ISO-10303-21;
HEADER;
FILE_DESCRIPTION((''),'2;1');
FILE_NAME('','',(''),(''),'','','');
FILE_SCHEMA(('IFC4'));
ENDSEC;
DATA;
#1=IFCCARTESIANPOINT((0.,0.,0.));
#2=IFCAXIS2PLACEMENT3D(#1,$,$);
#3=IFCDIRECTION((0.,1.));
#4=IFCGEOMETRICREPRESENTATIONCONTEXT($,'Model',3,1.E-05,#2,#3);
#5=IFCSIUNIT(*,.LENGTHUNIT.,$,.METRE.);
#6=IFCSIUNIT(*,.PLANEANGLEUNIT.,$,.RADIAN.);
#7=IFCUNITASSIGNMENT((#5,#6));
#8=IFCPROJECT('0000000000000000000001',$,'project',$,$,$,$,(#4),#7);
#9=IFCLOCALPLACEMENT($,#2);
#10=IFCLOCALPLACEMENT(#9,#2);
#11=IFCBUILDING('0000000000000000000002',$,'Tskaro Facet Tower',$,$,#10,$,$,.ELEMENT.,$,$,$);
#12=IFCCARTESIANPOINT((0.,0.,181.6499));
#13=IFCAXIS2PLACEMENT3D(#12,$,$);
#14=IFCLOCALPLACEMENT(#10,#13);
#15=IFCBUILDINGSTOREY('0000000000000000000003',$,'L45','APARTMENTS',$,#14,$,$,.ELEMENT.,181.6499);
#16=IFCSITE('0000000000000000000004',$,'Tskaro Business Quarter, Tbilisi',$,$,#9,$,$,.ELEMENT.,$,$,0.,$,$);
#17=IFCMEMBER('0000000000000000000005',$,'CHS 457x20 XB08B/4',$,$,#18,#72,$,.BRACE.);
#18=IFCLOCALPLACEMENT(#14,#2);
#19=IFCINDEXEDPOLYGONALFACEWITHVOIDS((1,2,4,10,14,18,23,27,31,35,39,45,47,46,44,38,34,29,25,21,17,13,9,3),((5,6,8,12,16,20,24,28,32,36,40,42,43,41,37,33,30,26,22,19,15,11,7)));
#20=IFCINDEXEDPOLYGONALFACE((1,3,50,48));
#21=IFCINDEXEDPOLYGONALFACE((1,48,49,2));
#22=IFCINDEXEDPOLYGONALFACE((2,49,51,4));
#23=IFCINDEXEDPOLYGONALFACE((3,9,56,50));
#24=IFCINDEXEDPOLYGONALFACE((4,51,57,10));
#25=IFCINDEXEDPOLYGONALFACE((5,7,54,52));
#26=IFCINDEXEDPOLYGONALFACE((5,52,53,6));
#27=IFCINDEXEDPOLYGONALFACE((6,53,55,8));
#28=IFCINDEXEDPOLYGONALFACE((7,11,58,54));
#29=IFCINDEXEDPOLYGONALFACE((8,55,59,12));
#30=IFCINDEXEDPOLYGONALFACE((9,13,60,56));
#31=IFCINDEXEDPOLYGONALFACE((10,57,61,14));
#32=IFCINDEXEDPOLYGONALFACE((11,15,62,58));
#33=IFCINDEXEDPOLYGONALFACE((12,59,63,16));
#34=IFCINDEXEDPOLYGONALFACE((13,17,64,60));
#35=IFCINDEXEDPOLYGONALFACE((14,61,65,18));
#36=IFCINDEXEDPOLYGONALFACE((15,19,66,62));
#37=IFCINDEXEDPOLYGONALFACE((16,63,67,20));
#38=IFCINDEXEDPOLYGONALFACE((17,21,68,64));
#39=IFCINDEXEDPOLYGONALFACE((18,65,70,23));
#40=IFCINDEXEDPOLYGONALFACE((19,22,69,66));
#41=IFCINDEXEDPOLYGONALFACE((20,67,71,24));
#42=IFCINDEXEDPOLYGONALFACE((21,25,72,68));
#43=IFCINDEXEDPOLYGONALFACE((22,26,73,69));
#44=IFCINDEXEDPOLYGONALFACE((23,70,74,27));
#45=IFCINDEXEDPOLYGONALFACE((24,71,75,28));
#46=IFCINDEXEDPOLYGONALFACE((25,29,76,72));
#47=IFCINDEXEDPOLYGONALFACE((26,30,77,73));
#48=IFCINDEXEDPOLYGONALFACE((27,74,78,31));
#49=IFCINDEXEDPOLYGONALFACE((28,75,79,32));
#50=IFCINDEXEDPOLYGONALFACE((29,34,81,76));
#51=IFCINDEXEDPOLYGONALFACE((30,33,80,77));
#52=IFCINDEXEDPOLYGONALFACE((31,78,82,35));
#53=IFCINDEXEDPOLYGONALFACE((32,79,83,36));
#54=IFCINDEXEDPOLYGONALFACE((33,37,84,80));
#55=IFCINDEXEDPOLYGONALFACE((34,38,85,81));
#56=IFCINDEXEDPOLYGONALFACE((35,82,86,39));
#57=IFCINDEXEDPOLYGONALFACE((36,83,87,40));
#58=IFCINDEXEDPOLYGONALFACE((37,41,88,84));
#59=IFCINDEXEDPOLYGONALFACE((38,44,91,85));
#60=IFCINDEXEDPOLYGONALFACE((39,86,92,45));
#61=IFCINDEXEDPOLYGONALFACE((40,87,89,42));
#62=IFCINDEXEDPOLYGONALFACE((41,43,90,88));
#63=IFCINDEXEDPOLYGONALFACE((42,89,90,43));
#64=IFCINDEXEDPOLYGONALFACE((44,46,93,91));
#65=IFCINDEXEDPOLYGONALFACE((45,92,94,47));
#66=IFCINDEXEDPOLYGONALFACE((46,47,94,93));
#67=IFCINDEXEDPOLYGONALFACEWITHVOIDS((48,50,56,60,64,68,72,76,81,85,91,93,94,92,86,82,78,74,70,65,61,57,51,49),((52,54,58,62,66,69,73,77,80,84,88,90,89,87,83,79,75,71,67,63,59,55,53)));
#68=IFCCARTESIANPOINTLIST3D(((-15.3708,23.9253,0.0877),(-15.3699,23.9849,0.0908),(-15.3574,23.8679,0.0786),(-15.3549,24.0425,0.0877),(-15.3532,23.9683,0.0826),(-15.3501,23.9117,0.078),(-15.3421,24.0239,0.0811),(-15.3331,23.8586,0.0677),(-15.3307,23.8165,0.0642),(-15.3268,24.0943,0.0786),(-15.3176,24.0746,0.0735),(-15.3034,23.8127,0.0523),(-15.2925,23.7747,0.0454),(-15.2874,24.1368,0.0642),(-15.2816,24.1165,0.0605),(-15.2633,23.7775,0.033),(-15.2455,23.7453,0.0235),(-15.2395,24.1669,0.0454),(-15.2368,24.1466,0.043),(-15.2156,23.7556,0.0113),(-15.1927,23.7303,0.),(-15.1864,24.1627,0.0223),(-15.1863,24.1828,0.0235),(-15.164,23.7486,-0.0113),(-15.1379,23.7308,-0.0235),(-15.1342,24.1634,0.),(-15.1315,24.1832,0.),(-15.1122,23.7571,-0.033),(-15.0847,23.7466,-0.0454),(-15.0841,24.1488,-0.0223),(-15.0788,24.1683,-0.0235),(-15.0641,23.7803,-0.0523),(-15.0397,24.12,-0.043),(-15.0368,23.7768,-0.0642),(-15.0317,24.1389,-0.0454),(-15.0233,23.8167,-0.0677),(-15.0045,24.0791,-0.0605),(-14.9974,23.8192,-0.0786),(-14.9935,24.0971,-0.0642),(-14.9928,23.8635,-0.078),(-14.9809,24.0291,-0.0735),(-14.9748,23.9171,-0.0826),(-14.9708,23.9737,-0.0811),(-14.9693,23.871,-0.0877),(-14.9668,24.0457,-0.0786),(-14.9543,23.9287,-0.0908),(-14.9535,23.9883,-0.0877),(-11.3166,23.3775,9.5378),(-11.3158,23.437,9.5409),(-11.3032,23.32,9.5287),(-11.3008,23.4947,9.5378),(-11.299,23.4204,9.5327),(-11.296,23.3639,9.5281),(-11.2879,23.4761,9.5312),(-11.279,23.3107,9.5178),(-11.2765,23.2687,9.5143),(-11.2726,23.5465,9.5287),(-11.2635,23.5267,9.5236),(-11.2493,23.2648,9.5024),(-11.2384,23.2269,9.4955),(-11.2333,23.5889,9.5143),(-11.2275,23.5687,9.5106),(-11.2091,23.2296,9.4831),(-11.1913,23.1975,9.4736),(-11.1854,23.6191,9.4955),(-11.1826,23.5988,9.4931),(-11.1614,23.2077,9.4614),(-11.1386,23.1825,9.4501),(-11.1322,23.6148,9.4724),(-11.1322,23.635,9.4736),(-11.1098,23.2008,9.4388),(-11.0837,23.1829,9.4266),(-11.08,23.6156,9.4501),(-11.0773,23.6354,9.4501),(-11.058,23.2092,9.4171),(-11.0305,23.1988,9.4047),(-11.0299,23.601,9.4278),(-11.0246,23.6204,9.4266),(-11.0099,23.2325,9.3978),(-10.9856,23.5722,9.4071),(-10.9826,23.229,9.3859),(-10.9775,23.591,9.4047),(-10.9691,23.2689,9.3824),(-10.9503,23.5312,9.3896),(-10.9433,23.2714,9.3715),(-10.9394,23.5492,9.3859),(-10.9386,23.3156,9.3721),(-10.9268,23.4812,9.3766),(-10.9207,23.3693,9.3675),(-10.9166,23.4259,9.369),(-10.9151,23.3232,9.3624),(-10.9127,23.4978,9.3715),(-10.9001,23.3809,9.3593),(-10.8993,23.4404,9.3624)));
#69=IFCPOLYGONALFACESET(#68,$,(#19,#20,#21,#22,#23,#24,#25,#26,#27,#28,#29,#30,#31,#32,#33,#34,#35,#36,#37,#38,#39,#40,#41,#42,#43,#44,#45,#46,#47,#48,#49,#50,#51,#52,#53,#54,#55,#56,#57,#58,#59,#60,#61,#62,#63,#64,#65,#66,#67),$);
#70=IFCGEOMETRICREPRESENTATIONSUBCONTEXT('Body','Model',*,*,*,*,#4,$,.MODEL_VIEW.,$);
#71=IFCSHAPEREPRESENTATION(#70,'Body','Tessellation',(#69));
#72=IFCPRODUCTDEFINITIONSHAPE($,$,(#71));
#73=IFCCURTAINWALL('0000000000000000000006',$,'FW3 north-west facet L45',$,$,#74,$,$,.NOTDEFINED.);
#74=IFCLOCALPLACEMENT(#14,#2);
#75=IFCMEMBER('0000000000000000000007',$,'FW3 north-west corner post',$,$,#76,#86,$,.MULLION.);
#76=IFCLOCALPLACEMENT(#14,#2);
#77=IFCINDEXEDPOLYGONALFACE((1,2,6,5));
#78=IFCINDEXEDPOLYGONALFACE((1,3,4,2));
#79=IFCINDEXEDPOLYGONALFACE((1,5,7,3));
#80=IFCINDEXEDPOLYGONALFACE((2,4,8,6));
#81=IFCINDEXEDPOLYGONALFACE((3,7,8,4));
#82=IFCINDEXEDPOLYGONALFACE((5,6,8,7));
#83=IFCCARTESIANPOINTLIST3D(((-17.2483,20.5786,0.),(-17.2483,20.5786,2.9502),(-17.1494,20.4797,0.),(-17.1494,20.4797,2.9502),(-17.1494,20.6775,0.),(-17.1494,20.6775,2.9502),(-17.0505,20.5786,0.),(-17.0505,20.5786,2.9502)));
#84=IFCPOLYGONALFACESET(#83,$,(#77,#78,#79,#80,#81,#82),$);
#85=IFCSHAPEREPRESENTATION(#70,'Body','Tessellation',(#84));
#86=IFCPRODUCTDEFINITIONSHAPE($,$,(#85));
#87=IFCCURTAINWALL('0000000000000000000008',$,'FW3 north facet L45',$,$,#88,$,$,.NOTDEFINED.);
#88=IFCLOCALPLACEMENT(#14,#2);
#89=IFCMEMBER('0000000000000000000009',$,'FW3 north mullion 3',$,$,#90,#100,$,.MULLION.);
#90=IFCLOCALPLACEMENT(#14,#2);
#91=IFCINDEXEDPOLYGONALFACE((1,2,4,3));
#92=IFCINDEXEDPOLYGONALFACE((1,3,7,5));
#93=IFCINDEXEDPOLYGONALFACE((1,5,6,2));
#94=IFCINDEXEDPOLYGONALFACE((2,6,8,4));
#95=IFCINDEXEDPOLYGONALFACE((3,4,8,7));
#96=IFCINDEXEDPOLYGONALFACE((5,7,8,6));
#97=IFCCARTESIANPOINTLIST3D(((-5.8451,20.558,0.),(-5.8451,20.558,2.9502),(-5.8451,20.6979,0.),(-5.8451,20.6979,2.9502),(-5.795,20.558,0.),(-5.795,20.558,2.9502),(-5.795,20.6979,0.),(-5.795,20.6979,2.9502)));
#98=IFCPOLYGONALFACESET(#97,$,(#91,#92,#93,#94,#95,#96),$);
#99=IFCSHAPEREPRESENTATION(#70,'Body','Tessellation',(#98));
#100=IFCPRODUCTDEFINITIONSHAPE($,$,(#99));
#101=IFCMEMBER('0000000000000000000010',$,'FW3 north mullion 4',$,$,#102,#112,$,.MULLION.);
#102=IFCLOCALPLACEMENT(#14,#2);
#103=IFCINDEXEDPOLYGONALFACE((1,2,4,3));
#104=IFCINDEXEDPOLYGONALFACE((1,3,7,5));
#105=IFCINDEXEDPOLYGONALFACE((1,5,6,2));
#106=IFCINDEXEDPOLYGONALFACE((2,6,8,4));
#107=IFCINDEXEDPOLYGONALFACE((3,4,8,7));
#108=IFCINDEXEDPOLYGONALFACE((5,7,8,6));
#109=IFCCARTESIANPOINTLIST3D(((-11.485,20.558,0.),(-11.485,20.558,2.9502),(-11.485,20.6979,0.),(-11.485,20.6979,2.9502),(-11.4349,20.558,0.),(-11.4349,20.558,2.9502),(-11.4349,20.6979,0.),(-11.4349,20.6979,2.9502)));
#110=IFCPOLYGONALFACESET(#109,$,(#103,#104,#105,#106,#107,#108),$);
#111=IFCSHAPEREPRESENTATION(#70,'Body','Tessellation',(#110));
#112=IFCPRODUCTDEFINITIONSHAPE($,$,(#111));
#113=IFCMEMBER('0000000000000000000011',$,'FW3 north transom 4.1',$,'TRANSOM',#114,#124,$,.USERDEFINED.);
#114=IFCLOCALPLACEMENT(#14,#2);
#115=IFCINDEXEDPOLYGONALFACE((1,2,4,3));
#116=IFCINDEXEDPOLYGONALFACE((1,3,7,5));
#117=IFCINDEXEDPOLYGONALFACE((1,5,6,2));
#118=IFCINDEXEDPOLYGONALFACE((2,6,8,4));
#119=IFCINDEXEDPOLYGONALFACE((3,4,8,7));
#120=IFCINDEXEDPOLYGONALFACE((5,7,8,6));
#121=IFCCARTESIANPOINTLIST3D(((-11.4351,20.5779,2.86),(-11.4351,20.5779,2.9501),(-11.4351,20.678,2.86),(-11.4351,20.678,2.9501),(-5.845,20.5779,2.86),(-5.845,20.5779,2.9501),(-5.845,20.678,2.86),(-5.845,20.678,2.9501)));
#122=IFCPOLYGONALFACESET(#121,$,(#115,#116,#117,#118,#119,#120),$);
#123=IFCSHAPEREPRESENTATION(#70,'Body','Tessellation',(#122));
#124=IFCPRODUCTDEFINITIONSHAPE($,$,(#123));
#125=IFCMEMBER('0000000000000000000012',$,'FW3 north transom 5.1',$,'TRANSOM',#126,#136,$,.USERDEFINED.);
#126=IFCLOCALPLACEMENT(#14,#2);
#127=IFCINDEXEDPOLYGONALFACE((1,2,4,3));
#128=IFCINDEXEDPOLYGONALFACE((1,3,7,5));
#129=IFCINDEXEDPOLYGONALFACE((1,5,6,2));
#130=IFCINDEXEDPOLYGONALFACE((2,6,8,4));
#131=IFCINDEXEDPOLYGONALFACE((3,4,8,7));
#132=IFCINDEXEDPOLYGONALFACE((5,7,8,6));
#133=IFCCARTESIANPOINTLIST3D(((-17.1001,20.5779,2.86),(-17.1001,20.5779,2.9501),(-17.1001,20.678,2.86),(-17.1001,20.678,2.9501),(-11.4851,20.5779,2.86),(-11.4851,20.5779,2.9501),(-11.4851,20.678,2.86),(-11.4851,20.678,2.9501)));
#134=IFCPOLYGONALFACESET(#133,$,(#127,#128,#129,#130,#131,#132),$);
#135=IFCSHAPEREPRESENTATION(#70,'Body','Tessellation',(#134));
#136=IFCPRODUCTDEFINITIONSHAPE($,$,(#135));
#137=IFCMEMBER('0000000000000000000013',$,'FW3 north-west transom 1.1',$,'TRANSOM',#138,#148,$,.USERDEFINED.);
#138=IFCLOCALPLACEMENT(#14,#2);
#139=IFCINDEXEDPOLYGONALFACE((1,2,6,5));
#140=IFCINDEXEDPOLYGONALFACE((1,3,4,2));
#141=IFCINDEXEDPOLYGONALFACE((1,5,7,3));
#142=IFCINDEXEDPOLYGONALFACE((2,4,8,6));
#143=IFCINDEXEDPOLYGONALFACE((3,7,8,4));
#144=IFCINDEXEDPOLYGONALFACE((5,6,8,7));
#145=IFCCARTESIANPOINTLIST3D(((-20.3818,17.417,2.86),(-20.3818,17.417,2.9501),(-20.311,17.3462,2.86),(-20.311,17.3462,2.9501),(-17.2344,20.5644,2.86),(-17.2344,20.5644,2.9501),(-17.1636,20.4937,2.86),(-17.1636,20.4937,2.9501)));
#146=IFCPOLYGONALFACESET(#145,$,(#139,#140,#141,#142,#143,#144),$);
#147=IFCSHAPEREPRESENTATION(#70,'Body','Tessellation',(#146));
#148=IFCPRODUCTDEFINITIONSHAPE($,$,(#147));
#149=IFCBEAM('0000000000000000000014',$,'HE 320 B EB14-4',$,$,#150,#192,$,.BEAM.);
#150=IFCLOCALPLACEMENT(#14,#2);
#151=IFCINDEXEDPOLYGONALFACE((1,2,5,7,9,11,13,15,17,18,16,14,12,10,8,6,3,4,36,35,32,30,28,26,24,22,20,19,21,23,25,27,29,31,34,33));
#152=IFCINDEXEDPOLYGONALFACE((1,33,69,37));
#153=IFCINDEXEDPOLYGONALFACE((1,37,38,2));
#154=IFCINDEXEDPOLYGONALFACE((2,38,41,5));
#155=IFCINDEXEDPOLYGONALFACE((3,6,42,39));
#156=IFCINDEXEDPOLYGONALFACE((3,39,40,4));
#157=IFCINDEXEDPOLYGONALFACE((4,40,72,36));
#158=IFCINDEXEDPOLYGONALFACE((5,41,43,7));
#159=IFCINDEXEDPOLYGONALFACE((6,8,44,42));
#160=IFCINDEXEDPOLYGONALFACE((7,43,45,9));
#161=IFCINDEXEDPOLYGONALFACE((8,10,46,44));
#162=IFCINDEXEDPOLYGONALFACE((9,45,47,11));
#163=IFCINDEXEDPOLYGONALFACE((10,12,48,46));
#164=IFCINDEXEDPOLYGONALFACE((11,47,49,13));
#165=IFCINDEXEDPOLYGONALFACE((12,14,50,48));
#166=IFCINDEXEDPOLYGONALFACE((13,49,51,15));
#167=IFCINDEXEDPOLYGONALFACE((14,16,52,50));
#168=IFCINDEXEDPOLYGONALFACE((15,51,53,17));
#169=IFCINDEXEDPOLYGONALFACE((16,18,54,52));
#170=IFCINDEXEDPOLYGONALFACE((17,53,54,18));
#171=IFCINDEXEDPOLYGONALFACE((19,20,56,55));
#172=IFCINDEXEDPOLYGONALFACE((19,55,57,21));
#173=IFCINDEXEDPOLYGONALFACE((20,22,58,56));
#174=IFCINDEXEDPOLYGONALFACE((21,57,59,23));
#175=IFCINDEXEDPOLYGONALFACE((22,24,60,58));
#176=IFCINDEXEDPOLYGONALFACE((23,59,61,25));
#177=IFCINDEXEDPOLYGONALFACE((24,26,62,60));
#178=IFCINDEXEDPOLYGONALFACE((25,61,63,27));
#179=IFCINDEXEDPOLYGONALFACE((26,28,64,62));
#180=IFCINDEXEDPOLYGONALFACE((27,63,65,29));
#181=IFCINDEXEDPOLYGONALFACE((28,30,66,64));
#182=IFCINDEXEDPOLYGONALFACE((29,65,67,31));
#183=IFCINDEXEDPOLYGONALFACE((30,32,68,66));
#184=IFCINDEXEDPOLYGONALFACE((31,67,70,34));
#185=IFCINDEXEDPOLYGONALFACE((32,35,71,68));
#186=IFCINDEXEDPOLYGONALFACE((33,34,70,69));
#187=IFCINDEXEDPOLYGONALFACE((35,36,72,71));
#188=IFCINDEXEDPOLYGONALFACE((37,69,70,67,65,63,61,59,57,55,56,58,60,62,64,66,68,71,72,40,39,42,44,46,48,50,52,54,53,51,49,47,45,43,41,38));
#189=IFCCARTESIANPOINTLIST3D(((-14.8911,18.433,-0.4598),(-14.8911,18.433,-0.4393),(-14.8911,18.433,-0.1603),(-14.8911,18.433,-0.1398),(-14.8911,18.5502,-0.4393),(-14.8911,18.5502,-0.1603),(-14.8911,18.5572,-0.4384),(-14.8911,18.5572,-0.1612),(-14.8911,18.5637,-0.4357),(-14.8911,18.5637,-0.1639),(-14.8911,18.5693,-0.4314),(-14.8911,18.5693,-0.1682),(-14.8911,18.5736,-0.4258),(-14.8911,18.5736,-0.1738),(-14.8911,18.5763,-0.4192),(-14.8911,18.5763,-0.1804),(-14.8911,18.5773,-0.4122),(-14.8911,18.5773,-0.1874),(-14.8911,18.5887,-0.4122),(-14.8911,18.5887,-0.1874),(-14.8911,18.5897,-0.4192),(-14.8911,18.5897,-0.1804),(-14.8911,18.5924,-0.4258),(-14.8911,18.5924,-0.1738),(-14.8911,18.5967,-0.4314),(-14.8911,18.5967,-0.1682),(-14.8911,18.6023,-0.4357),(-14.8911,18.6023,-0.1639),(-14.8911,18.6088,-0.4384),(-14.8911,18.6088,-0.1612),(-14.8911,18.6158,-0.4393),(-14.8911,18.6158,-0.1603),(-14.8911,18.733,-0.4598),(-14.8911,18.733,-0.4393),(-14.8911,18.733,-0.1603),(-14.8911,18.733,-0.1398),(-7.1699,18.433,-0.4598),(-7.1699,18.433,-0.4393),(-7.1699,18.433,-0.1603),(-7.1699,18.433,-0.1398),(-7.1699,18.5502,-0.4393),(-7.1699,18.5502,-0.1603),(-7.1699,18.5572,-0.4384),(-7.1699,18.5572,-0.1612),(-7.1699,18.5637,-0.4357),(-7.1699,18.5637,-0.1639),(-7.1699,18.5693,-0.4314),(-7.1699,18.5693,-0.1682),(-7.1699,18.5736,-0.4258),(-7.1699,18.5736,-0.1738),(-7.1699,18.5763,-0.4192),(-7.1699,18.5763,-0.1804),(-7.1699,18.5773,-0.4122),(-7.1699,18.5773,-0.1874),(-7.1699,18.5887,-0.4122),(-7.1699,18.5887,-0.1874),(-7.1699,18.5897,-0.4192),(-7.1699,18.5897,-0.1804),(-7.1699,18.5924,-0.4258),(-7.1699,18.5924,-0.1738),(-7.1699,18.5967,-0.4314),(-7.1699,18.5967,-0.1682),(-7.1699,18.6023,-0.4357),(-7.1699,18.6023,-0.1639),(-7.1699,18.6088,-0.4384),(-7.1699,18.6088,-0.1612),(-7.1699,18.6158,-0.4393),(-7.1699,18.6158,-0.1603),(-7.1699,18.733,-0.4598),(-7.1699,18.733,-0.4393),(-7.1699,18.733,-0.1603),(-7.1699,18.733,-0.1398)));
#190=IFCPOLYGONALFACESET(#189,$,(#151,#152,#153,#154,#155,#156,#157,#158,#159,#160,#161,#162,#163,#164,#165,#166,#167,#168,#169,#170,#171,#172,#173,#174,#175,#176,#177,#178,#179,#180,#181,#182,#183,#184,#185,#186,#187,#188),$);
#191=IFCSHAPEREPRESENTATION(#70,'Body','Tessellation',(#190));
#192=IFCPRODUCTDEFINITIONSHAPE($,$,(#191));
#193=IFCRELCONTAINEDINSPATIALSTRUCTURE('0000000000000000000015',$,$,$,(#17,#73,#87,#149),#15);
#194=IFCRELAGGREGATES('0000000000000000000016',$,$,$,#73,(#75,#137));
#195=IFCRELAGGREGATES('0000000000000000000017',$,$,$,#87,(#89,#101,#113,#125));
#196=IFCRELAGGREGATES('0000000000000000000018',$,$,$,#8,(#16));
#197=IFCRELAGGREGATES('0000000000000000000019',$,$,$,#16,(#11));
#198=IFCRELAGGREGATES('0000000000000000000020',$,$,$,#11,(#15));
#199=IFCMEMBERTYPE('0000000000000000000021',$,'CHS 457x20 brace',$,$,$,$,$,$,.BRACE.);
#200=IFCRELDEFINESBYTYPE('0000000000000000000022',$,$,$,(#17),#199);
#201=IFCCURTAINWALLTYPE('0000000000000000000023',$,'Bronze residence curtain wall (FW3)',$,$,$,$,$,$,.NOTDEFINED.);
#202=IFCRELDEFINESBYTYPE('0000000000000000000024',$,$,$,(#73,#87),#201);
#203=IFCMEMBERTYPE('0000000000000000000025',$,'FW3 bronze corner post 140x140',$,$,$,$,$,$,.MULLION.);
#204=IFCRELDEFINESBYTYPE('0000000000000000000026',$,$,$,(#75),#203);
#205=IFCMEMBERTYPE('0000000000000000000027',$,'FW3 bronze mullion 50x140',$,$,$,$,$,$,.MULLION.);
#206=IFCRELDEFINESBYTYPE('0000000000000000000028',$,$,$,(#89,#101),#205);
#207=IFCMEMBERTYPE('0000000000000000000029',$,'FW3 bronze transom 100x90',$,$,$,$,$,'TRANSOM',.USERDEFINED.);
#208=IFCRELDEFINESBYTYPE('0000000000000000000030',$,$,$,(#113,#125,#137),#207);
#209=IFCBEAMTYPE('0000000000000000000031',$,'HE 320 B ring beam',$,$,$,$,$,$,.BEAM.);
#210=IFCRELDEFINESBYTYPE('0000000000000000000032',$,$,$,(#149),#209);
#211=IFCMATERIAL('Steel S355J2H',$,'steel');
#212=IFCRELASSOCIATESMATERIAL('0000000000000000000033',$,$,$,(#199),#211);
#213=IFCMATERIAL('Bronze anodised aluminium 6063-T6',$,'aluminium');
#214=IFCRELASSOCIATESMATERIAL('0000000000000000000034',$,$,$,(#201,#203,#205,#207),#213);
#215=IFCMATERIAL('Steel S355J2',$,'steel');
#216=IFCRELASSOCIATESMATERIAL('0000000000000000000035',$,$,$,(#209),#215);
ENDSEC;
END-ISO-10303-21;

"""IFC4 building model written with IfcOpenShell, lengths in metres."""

from ifc_helpers import new_model, si_unit, direction, frame, origin, origin_2d, place, context, subcontext, project, spatial, rectangle, hollow_circle, i_section, extrude, material, material_profile, profile_set, type_object, element, aggregate, save


model = new_model("IFC4")

# Units and contexts
model_context = context("Model", 3, precision=1e-05, world=origin(), true_north=direction((0.0, 1.0)))
body_context = subcontext(model_context, "Body", "Model", "MODEL_VIEW")
ifc_project = project(units=[si_unit("LENGTHUNIT", "METRE"), si_unit("PLANEANGLEUNIT", "RADIAN")], contexts=[model_context])

# Site, building, storey
site_placement = place(None, origin())
site = spatial("IfcSite", under=ifc_project, at=site_placement, Name="Tskaro Business Quarter, Tbilisi", CompositionType="ELEMENT", RefElevation=0.0)
building_placement = place(site_placement, origin())
building = spatial("IfcBuilding", under=site, at=building_placement, Name="Tskaro Facet Tower", CompositionType="ELEMENT")
storey_placement = place(building_placement, frame((0.0, 0.0, 181.6499)))
storey = spatial("IfcBuildingStorey", under=building, at=storey_placement, Name="L45", Description="APARTMENTS", CompositionType="ELEMENT", Elevation=181.6499)

# Shared definitions
ifc_material_1 = material(Name="Steel S355J2H", Category="steel")

# Member
ifc_material_profile_1 = material_profile(ifc_material_1, hollow_circle(Radius=0.2285, WallThickness=0.02, at=origin_2d()), Name="CHS 457x20")
ifc_profile_set_1 = profile_set([ifc_material_profile_1], Name="Steel S355J2H")
member_type_1 = type_object("IfcMemberType", Name="CHS 457x20 brace", PredefinedType="BRACE", material=ifc_profile_set_1)
member_1_placement = place(storey_placement, frame((-15.1621, 23.9568, 0.0), z_axis=(0.393699, -0.053201, 0.917699), x_axis=(0.133915, 0.990993, 0.0)))
element("IfcMember", 1, at=member_1_placement, inside=storey, type_object=member_type_1, Name="CHS 457x20 XB08B/4", PredefinedType="BRACE", context=body_context, shape_type="SweptSolid", body=[
    extrude(hollow_circle(Radius=0.2285, WallThickness=0.02, at=origin_2d()), origin(), (0.0, 0.0, 1.0), 10.2976),
])

# Curtain wall, member
ifc_material_2 = material(Name="Bronze anodised aluminium 6063-T6", Category="aluminium")
curtain_wall_type = type_object("IfcCurtainWallType", Name="Bronze residence curtain wall (FW3)", PredefinedType="NOTDEFINED", material=ifc_material_2)
curtain_wall_1_placement = place(storey_placement, origin())
curtain_wall_1 = element("IfcCurtainWall", 2, at=curtain_wall_1_placement, inside=storey, type_object=curtain_wall_type, Name="FW3 north-west facet L45", PredefinedType="NOTDEFINED")
ifc_material_profile_2 = material_profile(ifc_material_2, rectangle(XDim=0.1399, YDim=0.1399, at=origin_2d()), Name="Corner post 140x140")
ifc_profile_set_2 = profile_set([ifc_material_profile_2], Name="Bronze anodised aluminium 6063-T6")
member_type_2 = type_object("IfcMemberType", Name="FW3 bronze corner post 140x140", PredefinedType="MULLION", material=ifc_profile_set_2)
member_2_placement = place(storey_placement, frame((-17.1494, 20.5786, 0.0), z_axis=(0.0, 0.0, 1.0), x_axis=(-0.707107, -0.707107, 0.0)))
member_2 = element("IfcMember", 3, at=member_2_placement, type_object=member_type_2, Name="FW3 north-west corner post", PredefinedType="MULLION", context=body_context, shape_type="SweptSolid", body=[
    extrude(rectangle(XDim=0.1399, YDim=0.1399, at=origin_2d()), origin(), (0.0, 0.0, 1.0), 2.9502),
])

# Curtain wall, members
curtain_wall_2_placement = place(storey_placement, origin())
curtain_wall_2 = element("IfcCurtainWall", 4, at=curtain_wall_2_placement, inside=storey, type_object=curtain_wall_type, Name="FW3 north facet L45", PredefinedType="NOTDEFINED")
ifc_material_profile_3 = material_profile(ifc_material_2, rectangle(XDim=0.05, YDim=0.1399, at=origin_2d()), Name="Mullion 50x140")
ifc_profile_set_3 = profile_set([ifc_material_profile_3], Name="Bronze anodised aluminium 6063-T6")
member_type_3 = type_object("IfcMemberType", Name="FW3 bronze mullion 50x140", PredefinedType="MULLION", material=ifc_profile_set_3)
member_3_placement = place(storey_placement, frame((-5.8201, 20.6279, 0.0), z_axis=(0.0, 0.0, 1.0), x_axis=(-1.0, 0.0, 0.0)))
member_3 = element("IfcMember", 5, at=member_3_placement, type_object=member_type_3, Name="FW3 north mullion 3", PredefinedType="MULLION", context=body_context, shape_type="SweptSolid", body=[
    extrude(rectangle(XDim=0.05, YDim=0.1399, at=origin_2d()), origin(), (0.0, 0.0, 1.0), 2.9502),
])
member_4_placement = place(storey_placement, frame((-11.46, 20.6279, 0.0), z_axis=(0.0, 0.0, 1.0), x_axis=(-1.0, 0.0, 0.0)))
member_4 = element("IfcMember", 6, at=member_4_placement, type_object=member_type_3, Name="FW3 north mullion 4", PredefinedType="MULLION", context=body_context, shape_type="SweptSolid", body=[
    extrude(rectangle(XDim=0.05, YDim=0.1399, at=origin_2d()), origin(), (0.0, 0.0, 1.0), 2.9502),
])
ifc_material_profile_4 = material_profile(ifc_material_2, rectangle(XDim=0.1001, YDim=0.0901, at=origin_2d()), Name="Transom 100x90")
ifc_profile_set_4 = profile_set([ifc_material_profile_4], Name="Bronze anodised aluminium 6063-T6")
member_type_4 = type_object("IfcMemberType", Name="FW3 bronze transom 100x90", ElementType="TRANSOM", PredefinedType="USERDEFINED", material=ifc_profile_set_4)
member_5_placement = place(storey_placement, frame((-5.845, 20.6279, 2.905), z_axis=(-1.0, 0.0, 0.0), x_axis=(0.0, -1.0, 0.0)))
member_5 = element("IfcMember", 7, at=member_5_placement, type_object=member_type_4, Name="FW3 north transom 4.1", ObjectType="TRANSOM", PredefinedType="USERDEFINED", context=body_context, shape_type="SweptSolid", body=[
    extrude(rectangle(XDim=0.1001, YDim=0.0901, at=origin_2d()), origin(), (0.0, 0.0, 1.0), 5.5901),
])
member_6_placement = place(storey_placement, frame((-11.4851, 20.6279, 2.905), z_axis=(-1.0, 0.0, 0.0), x_axis=(0.0, -1.0, 0.0)))
member_6 = element("IfcMember", 8, at=member_6_placement, type_object=member_type_4, Name="FW3 north transom 5.1", ObjectType="TRANSOM", PredefinedType="USERDEFINED", context=body_context, shape_type="SweptSolid", body=[
    extrude(rectangle(XDim=0.1001, YDim=0.0901, at=origin_2d()), origin(), (0.0, 0.0, 1.0), 5.615),
])

# Member
member_7_placement = place(storey_placement, frame((-17.199, 20.5291, 2.905), z_axis=(-0.707107, -0.707107, 0.0), x_axis=(0.707107, -0.707107, 0.0)))
member_7 = element("IfcMember", 9, at=member_7_placement, type_object=member_type_4, Name="FW3 north-west transom 1.1", ObjectType="TRANSOM", PredefinedType="USERDEFINED", context=body_context, shape_type="SweptSolid", body=[
    extrude(rectangle(XDim=0.1001, YDim=0.0901, at=origin_2d()), origin(), (0.0, 0.0, 1.0), 4.4512),
])
aggregate(curtain_wall_1, [member_2, member_7])

# Beam
ifc_material_3 = material(Name="Steel S355J2", Category="steel")
ifc_material_profile_5 = material_profile(ifc_material_3, i_section(OverallWidth=0.3, OverallDepth=0.3201, WebThickness=0.0115, FlangeThickness=0.0205, FilletRadius=0.0271, at=origin_2d()), Name="HE 320 B")
ifc_profile_set_5 = profile_set([ifc_material_profile_5], Name="Steel S355J2")
beam_type_1 = type_object("IfcBeamType", Name="HE 320 B ring beam", PredefinedType="BEAM", material=ifc_profile_set_5)
beam_1_placement = place(storey_placement, frame((-7.1699, 18.583, -0.2998), z_axis=(-1.0, 0.0, 0.0), x_axis=(0.0, -1.0, 0.0)))
element("IfcBeam", 10, at=beam_1_placement, inside=storey, type_object=beam_type_1, Name="HE 320 B EB14-4", PredefinedType="BEAM", context=body_context, shape_type="SweptSolid", body=[
    extrude(i_section(OverallWidth=0.3, OverallDepth=0.3201, WebThickness=0.0115, FlangeThickness=0.0205, FilletRadius=0.0271, at=origin_2d()), origin(), (0.0, 0.0, 1.0), 7.7212),
])

aggregate(curtain_wall_2, [member_3, member_4, member_5, member_6])

save(model, "model.ifc")
